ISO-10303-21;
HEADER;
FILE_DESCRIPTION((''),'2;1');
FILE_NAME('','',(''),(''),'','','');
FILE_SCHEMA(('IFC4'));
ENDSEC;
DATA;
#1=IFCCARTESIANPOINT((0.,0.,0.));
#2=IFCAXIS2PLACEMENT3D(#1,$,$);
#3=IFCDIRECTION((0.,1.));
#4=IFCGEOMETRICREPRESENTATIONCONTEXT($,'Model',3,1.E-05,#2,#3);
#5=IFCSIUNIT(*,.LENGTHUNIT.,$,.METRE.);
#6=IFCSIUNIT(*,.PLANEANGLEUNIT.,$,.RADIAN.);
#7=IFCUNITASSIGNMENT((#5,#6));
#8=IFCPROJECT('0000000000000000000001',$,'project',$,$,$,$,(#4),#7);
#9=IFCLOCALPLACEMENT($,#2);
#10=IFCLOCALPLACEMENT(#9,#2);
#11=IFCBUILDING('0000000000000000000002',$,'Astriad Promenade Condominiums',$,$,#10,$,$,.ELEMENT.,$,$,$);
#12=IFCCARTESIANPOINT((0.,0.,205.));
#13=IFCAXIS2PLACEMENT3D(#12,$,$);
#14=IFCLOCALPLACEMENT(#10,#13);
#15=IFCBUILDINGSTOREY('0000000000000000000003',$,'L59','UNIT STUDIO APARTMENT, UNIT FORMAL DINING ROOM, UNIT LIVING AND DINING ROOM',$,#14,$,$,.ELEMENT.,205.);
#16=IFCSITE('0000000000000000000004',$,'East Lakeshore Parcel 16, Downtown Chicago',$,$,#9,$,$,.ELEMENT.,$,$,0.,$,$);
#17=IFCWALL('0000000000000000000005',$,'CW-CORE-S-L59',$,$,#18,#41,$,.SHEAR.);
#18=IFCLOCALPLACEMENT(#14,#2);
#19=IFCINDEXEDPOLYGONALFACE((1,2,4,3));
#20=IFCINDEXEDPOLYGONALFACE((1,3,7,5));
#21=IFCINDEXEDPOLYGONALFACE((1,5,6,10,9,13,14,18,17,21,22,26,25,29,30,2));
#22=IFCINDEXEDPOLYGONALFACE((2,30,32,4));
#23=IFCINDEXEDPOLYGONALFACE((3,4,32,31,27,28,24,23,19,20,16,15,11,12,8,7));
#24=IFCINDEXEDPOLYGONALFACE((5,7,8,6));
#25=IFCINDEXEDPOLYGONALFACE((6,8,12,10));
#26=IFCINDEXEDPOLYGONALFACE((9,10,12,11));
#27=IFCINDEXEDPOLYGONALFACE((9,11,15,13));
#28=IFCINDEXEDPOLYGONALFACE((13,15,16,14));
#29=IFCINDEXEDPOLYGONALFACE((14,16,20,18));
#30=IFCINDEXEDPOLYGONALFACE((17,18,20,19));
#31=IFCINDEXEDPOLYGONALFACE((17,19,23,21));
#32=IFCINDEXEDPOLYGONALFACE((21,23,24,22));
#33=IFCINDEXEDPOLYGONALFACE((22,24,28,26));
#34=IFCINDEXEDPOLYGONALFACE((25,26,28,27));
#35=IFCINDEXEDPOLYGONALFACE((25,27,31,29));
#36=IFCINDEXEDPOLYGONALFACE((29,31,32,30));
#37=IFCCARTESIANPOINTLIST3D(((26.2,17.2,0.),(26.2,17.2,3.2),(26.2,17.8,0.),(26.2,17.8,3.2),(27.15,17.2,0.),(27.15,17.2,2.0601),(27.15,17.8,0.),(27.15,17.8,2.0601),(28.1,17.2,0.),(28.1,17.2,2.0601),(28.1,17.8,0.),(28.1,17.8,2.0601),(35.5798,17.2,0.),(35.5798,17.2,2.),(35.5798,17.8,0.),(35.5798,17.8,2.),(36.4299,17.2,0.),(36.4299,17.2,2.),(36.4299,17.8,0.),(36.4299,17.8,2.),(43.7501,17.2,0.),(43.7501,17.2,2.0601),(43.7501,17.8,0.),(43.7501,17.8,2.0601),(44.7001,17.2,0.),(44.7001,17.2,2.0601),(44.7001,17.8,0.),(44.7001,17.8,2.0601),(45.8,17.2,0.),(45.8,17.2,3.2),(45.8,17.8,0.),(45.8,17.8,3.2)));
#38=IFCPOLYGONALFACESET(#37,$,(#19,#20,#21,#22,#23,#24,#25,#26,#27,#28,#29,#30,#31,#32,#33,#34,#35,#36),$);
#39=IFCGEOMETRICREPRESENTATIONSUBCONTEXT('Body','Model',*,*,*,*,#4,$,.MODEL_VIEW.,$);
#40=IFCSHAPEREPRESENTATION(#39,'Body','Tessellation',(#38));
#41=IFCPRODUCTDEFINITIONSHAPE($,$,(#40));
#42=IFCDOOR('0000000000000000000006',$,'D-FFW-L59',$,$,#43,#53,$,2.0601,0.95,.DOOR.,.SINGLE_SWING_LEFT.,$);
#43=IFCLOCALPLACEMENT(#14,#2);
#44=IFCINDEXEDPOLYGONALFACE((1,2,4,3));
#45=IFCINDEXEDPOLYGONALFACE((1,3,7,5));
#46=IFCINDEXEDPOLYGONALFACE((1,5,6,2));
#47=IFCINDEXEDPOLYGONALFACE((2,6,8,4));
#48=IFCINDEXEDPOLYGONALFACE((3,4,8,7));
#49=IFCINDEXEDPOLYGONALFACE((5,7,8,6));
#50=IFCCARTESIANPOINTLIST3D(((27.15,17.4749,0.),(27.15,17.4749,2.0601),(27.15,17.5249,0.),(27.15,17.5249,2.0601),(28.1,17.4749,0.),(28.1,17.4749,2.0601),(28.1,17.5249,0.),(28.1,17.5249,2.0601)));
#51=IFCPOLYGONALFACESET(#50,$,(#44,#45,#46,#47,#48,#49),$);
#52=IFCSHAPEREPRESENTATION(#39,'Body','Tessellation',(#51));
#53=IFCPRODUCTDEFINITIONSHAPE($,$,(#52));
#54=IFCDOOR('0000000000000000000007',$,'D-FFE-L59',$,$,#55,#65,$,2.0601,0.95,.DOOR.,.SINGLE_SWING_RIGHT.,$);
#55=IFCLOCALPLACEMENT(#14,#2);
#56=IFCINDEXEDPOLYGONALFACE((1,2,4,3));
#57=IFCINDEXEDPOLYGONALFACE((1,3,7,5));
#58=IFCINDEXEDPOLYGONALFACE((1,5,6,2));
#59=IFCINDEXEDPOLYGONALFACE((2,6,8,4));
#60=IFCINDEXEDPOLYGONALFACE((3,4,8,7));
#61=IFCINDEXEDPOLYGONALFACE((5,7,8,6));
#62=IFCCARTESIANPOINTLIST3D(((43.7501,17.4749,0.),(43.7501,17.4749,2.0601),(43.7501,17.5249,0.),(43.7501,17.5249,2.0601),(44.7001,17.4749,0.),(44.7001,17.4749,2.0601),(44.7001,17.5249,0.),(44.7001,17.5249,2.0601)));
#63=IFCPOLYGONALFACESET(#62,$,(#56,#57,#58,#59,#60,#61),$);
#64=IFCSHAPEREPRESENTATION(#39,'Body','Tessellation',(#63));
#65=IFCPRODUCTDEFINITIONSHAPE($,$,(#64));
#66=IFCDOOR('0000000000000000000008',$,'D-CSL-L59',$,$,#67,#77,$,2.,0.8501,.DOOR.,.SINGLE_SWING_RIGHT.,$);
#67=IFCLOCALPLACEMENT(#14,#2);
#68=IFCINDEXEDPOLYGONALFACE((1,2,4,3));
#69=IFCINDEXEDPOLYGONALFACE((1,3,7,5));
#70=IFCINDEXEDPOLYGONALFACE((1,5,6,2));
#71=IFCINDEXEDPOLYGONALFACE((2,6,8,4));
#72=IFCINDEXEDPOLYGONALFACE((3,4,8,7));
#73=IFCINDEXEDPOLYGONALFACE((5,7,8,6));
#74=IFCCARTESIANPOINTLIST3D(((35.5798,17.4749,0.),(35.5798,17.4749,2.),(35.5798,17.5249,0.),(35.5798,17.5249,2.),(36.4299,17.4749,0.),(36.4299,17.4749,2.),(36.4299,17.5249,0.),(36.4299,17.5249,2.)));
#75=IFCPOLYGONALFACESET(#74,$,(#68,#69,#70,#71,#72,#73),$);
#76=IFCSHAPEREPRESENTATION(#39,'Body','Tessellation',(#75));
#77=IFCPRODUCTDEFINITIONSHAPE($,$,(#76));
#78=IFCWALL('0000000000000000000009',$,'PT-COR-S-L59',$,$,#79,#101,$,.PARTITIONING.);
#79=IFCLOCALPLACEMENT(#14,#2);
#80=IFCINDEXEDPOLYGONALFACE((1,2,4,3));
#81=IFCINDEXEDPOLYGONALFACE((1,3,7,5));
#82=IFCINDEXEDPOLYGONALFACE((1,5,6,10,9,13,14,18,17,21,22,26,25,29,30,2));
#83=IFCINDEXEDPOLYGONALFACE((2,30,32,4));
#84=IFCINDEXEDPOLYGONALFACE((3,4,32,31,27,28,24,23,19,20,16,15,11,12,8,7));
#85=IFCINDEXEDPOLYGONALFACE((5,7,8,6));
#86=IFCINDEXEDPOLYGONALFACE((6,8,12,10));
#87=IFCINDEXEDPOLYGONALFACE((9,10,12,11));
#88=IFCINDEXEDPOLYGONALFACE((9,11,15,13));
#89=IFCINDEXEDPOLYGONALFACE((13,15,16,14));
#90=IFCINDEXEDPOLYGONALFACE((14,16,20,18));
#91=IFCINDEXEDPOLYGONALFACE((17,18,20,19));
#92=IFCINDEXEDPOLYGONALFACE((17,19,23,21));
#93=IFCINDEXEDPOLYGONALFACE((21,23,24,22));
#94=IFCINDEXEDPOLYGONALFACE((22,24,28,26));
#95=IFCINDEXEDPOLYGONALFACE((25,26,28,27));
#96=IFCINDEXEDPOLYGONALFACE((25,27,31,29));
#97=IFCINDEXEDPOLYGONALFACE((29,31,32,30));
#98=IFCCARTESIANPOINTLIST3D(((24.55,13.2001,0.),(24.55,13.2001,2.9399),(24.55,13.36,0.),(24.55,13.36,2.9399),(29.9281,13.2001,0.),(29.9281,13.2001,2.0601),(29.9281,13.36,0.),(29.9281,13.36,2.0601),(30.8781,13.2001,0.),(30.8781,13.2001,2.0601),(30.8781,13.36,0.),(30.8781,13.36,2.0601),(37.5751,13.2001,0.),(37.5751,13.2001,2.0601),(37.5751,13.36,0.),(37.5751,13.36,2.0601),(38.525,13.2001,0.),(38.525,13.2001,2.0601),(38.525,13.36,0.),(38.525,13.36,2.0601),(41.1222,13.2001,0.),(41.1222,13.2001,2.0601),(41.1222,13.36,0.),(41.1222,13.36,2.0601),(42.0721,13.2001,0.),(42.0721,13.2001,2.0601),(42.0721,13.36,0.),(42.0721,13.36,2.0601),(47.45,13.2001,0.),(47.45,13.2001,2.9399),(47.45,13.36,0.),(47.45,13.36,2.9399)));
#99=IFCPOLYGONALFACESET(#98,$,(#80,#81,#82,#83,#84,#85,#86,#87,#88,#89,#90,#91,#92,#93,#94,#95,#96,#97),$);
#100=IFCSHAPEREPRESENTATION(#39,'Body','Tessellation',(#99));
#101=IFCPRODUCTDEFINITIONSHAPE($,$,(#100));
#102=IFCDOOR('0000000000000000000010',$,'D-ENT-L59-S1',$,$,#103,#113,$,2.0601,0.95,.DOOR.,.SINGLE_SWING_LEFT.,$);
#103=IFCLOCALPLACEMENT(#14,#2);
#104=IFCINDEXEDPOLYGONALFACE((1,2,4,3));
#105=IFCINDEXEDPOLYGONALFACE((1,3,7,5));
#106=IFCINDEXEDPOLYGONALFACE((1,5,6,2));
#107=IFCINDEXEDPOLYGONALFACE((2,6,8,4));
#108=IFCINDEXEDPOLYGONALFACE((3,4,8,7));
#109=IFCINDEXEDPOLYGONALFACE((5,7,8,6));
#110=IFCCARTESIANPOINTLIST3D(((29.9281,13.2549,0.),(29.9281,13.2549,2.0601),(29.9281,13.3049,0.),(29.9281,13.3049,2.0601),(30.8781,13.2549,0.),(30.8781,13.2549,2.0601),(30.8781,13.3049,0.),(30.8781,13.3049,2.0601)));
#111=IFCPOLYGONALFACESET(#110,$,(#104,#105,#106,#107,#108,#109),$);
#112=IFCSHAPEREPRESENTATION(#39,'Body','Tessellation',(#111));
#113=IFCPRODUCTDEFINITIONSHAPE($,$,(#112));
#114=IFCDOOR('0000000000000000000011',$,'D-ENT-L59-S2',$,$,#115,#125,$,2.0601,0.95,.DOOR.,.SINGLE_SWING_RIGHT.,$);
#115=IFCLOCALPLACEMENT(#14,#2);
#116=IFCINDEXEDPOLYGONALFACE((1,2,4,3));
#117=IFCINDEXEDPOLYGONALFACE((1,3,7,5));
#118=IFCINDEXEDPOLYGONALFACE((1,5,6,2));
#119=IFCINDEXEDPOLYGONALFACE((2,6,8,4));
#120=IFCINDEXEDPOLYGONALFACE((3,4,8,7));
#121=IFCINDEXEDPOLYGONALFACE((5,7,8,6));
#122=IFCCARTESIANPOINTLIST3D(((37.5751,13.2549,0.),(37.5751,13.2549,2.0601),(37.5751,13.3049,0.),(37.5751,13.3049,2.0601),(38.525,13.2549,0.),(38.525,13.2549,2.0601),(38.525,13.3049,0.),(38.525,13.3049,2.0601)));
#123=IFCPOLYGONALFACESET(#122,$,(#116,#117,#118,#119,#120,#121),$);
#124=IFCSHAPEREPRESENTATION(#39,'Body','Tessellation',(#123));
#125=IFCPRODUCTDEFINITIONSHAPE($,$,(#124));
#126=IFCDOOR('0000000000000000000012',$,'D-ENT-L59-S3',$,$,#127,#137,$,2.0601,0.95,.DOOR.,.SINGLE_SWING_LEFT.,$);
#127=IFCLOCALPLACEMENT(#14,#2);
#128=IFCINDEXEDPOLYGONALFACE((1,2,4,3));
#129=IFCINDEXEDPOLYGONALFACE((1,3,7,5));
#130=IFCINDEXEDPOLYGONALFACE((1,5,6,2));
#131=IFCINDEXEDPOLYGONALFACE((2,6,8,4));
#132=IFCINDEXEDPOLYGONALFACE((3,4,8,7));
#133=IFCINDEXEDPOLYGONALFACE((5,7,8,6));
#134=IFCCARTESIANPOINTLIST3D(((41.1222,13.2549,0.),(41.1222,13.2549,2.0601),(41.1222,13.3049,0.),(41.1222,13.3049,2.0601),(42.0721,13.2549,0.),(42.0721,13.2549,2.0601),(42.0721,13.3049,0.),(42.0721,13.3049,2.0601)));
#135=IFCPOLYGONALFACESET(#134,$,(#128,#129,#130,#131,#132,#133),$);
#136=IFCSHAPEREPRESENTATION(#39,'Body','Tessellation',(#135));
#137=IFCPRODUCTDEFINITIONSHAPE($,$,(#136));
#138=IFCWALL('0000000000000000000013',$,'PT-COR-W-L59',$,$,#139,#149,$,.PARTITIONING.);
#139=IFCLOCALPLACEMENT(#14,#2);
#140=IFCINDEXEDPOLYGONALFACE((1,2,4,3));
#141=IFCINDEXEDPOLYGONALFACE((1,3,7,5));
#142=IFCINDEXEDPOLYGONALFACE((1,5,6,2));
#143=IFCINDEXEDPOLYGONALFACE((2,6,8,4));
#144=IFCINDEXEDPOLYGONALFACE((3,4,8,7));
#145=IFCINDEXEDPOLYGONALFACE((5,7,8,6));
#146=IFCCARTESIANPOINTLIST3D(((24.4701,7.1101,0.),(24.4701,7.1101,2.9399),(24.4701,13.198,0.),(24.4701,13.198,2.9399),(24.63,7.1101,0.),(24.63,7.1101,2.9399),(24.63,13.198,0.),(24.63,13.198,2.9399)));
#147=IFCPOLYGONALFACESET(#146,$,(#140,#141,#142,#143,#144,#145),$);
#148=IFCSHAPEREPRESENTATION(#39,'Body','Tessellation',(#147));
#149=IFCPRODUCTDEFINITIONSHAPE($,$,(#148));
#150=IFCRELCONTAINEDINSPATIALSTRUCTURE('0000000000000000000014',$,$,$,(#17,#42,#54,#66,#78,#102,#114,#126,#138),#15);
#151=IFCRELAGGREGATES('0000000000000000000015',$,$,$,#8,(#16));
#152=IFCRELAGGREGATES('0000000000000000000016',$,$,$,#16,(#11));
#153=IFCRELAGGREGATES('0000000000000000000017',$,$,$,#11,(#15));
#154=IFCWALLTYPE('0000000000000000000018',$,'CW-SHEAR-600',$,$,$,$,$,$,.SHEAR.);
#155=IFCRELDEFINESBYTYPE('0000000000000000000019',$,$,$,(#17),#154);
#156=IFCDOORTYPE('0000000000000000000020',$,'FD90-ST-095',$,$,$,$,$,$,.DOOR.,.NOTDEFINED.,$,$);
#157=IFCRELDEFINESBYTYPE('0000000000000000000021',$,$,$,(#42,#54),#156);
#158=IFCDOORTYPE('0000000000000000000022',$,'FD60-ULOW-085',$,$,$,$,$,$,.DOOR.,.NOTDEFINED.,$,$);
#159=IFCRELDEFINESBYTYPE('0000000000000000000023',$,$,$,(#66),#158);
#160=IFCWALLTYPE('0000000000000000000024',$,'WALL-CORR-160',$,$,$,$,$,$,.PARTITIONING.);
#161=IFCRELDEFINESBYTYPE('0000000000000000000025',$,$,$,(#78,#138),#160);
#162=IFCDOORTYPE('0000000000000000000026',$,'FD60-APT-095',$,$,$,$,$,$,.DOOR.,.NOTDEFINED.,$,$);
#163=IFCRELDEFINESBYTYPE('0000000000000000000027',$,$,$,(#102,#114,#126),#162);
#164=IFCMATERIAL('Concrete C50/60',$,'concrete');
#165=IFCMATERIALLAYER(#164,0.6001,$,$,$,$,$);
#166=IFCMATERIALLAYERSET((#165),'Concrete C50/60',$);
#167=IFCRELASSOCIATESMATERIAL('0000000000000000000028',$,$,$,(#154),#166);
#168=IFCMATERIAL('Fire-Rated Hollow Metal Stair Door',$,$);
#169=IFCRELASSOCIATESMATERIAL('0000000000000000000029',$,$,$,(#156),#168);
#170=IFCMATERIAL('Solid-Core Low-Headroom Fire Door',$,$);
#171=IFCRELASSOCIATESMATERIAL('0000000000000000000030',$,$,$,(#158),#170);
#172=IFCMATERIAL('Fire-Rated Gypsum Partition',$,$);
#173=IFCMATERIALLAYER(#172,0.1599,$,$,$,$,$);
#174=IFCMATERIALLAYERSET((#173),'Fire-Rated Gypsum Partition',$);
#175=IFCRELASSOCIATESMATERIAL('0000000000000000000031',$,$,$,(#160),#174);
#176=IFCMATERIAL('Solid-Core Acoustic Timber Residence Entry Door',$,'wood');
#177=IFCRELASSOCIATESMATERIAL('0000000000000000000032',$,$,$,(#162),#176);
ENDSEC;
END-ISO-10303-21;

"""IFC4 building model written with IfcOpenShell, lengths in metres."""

from ifc_helpers import new_model, si_unit, direction, frame, frame_2d, origin, place, context, subcontext, project, spatial, rectangle, extrude, source, transform, mapped, material, layer, layer_set, type_object, type_shapes, element, fill, save


model = new_model("IFC4")

# Units and contexts
model_context = context("Model", 3, precision=1e-05, world=origin(), true_north=direction((0.0, 1.0)))
body_context = subcontext(model_context, "Body", "Model", "MODEL_VIEW")
ifc_project = project(units=[si_unit("LENGTHUNIT", "METRE"), si_unit("PLANEANGLEUNIT", "RADIAN")], contexts=[model_context])

# Site, building, storey
site_placement = place(None, origin())
site = spatial("IfcSite", under=ifc_project, at=site_placement, Name="East Lakeshore Parcel 16, Downtown Chicago", CompositionType="ELEMENT", RefElevation=0.0)
building_placement = place(site_placement, origin())
building = spatial("IfcBuilding", under=site, at=building_placement, Name="Astriad Promenade Condominiums", CompositionType="ELEMENT")
storey_placement = place(building_placement, frame((0.0, 0.0, 205.0)))
storey = spatial("IfcBuildingStorey", under=building, at=storey_placement, Name="L59", Description="UNIT STUDIO APARTMENT, UNIT FORMAL DINING ROOM, UNIT LIVING AND DINING ROOM", CompositionType="ELEMENT", Elevation=205.0)

# Walls, openings, doors
ifc_material_1 = material(Name="Concrete C50/60", Category="concrete")
ifc_layer_1 = layer(ifc_material_1, 0.6001)
ifc_layer_set_1 = layer_set([ifc_layer_1], Name="Concrete C50/60")
wall_type_1 = type_object("IfcWallType", Name="CW-SHEAR-600", PredefinedType="SHEAR", material=ifc_layer_set_1)
wall_1_placement = place(storey_placement, frame((26.2, 17.5, 0.0), z_axis=(0.0, 0.0, 1.0), x_axis=(1.0, 0.0, 0.0)))
wall_1 = element("IfcWall", 1, at=wall_1_placement, inside=storey, type_object=wall_type_1, Name="CW-CORE-S-L59", PredefinedType="SHEAR", context=body_context, shape_type="SweptSolid", body=[
    extrude(rectangle(XDim=19.6001, YDim=0.6001, at=frame_2d((9.8, 0.0))), origin(), (0.0, 0.0, 1.0), 3.2),
])
opening_1_placement = place(wall_1_placement, frame((0.95, 0.0, 0.0)))
opening_1 = element("IfcOpeningElement", 2, at=opening_1_placement, cuts=wall_1, PredefinedType="OPENING", context=body_context, shape_type="SweptSolid", body=[
    extrude(rectangle(XDim=0.95, YDim=2.0601, at=frame_2d((0.4751, 1.03))), frame((0.0, 0.3101, 0.0), z_axis=(0.0, -1.0, 0.0), x_axis=(1.0, 0.0, 0.0)), (0.0, 0.0, 1.0), 0.6201),
])
opening_2_placement = place(wall_1_placement, frame((9.3799, 0.0, 0.0)))
opening_2 = element("IfcOpeningElement", 3, at=opening_2_placement, cuts=wall_1, PredefinedType="OPENING", context=body_context, shape_type="SweptSolid", body=[
    extrude(rectangle(XDim=0.8501, YDim=2.0, at=frame_2d((0.425, 1.0))), frame((0.0, 0.3101, 0.0), z_axis=(0.0, -1.0, 0.0), x_axis=(1.0, 0.0, 0.0)), (0.0, 0.0, 1.0), 0.6201),
])
opening_3_placement = place(wall_1_placement, frame((17.55, 0.0, 0.0)))
opening_3 = element("IfcOpeningElement", 4, at=opening_3_placement, cuts=wall_1, PredefinedType="OPENING", context=body_context, shape_type="SweptSolid", body=[
    extrude(rectangle(XDim=0.95, YDim=2.0601, at=frame_2d((0.4751, 1.03))), frame((0.0, 0.3101, 0.0), z_axis=(0.0, -1.0, 0.0), x_axis=(1.0, 0.0, 0.0)), (0.0, 0.0, 1.0), 0.6201),
])
ifc_material_2 = material(Name="Fire-Rated Hollow Metal Stair Door")
door_type_1 = type_object("IfcDoorType", Name="FD90-ST-095", OperationType="NOTDEFINED", PredefinedType="DOOR", material=ifc_material_2)
shared_shape_1 = source(origin(), body_context, "Body", "SweptSolid", [
    extrude(rectangle(XDim=0.95, YDim=2.0601, at=frame_2d((0.4751, 1.03))), frame((0.0, 0.0249, 0.0), z_axis=(0.0, -1.0, 0.0), x_axis=(1.0, 0.0, 0.0)), (0.0, 0.0, 1.0), 0.05),
])
type_shapes(door_type_1, [shared_shape_1])
door_1_placement = place(opening_1_placement, origin())
door_1 = element("IfcDoor", 5, at=door_1_placement, inside=storey, type_object=door_type_1, Name="D-FFW-L59", OperationType="SINGLE_SWING_LEFT", OverallHeight=2.0601, OverallWidth=0.95, PredefinedType="DOOR", context=body_context, shape_type="MappedRepresentation", body=[
    mapped(shared_shape_1, transform((0.0, 0.0, 0.0), scale=1.0)),
])
fill(opening_1, door_1)
door_2_placement = place(opening_3_placement, origin())
door_2 = element("IfcDoor", 6, at=door_2_placement, inside=storey, type_object=door_type_1, Name="D-FFE-L59", OperationType="SINGLE_SWING_RIGHT", OverallHeight=2.0601, OverallWidth=0.95, PredefinedType="DOOR", context=body_context, shape_type="MappedRepresentation", body=[
    mapped(shared_shape_1, transform((0.0, 0.0, 0.0), scale=1.0)),
])
fill(opening_3, door_2)
ifc_material_3 = material(Name="Solid-Core Low-Headroom Fire Door")
door_type_2 = type_object("IfcDoorType", Name="FD60-ULOW-085", OperationType="NOTDEFINED", PredefinedType="DOOR", material=ifc_material_3)
shared_shape_2 = source(origin(), body_context, "Body", "SweptSolid", [
    extrude(rectangle(XDim=0.8501, YDim=2.0, at=frame_2d((0.425, 1.0))), frame((0.0, 0.0249, 0.0), z_axis=(0.0, -1.0, 0.0), x_axis=(1.0, 0.0, 0.0)), (0.0, 0.0, 1.0), 0.05),
])
type_shapes(door_type_2, [shared_shape_2])
door_3_placement = place(opening_2_placement, origin())
door_3 = element("IfcDoor", 7, at=door_3_placement, inside=storey, type_object=door_type_2, Name="D-CSL-L59", OperationType="SINGLE_SWING_RIGHT", OverallHeight=2.0, OverallWidth=0.8501, PredefinedType="DOOR", context=body_context, shape_type="MappedRepresentation", body=[
    mapped(shared_shape_2, transform((0.0, 0.0, 0.0), scale=1.0)),
])
fill(opening_2, door_3)
ifc_material_4 = material(Name="Fire-Rated Gypsum Partition")
ifc_layer_2 = layer(ifc_material_4, 0.1599)
ifc_layer_set_2 = layer_set([ifc_layer_2], Name="Fire-Rated Gypsum Partition")
wall_type_2 = type_object("IfcWallType", Name="WALL-CORR-160", PredefinedType="PARTITIONING", material=ifc_layer_set_2)
wall_2_placement = place(storey_placement, frame((24.55, 13.28, 0.0), z_axis=(0.0, 0.0, 1.0), x_axis=(1.0, 0.0, 0.0)))
wall_2 = element("IfcWall", 8, at=wall_2_placement, inside=storey, type_object=wall_type_2, Name="PT-COR-S-L59", PredefinedType="PARTITIONING", context=body_context, shape_type="SweptSolid", body=[
    extrude(rectangle(XDim=22.8999, YDim=0.1599, at=frame_2d((11.45, 0.0))), origin(), (0.0, 0.0, 1.0), 2.9399),
])
opening_4_placement = place(wall_2_placement, frame((5.3779, 0.0, 0.0)))
opening_4 = element("IfcOpeningElement", 9, at=opening_4_placement, cuts=wall_2, PredefinedType="OPENING", context=body_context, shape_type="SweptSolid", body=[
    extrude(rectangle(XDim=0.95, YDim=2.0601, at=frame_2d((0.4751, 1.03))), frame((0.0, 0.0898, 0.0), z_axis=(0.0, -1.0, 0.0), x_axis=(1.0, 0.0, 0.0)), (0.0, 0.0, 1.0), 0.1799),
])
opening_5_placement = place(wall_2_placement, frame((13.0249, 0.0, 0.0)))
opening_5 = element("IfcOpeningElement", 10, at=opening_5_placement, cuts=wall_2, PredefinedType="OPENING", context=body_context, shape_type="SweptSolid", body=[
    extrude(rectangle(XDim=0.95, YDim=2.0601, at=frame_2d((0.4751, 1.03))), frame((0.0, 0.0898, 0.0), z_axis=(0.0, -1.0, 0.0), x_axis=(1.0, 0.0, 0.0)), (0.0, 0.0, 1.0), 0.1799),
])
opening_6_placement = place(wall_2_placement, frame((16.572, 0.0, 0.0)))
opening_6 = element("IfcOpeningElement", 11, at=opening_6_placement, cuts=wall_2, PredefinedType="OPENING", context=body_context, shape_type="SweptSolid", body=[
    extrude(rectangle(XDim=0.95, YDim=2.0601, at=frame_2d((0.4751, 1.03))), frame((0.0, 0.0898, 0.0), z_axis=(0.0, -1.0, 0.0), x_axis=(1.0, 0.0, 0.0)), (0.0, 0.0, 1.0), 0.1799),
])
ifc_material_5 = material(Name="Solid-Core Acoustic Timber Residence Entry Door", Category="wood")
door_type_3 = type_object("IfcDoorType", Name="FD60-APT-095", OperationType="NOTDEFINED", PredefinedType="DOOR", material=ifc_material_5)
shared_shape_3 = source(origin(), body_context, "Body", "SweptSolid", [
    extrude(rectangle(XDim=0.95, YDim=2.0601, at=frame_2d((0.4751, 1.03))), frame((0.0, 0.0249, 0.0), z_axis=(0.0, -1.0, 0.0), x_axis=(1.0, 0.0, 0.0)), (0.0, 0.0, 1.0), 0.05),
])
type_shapes(door_type_3, [shared_shape_3])
door_4_placement = place(opening_4_placement, origin())
door_4 = element("IfcDoor", 12, at=door_4_placement, inside=storey, type_object=door_type_3, Name="D-ENT-L59-S1", OperationType="SINGLE_SWING_LEFT", OverallHeight=2.0601, OverallWidth=0.95, PredefinedType="DOOR", context=body_context, shape_type="MappedRepresentation", body=[
    mapped(shared_shape_3, transform((0.0, 0.0, 0.0), scale=1.0)),
])
fill(opening_4, door_4)
door_5_placement = place(opening_5_placement, origin())
door_5 = element("IfcDoor", 13, at=door_5_placement, inside=storey, type_object=door_type_3, Name="D-ENT-L59-S2", OperationType="SINGLE_SWING_RIGHT", OverallHeight=2.0601, OverallWidth=0.95, PredefinedType="DOOR", context=body_context, shape_type="MappedRepresentation", body=[
    mapped(shared_shape_3, transform((0.0, 0.0, 0.0), scale=1.0)),
])
fill(opening_5, door_5)
door_6_placement = place(opening_6_placement, origin())
door_6 = element("IfcDoor", 14, at=door_6_placement, inside=storey, type_object=door_type_3, Name="D-ENT-L59-S3", OperationType="SINGLE_SWING_LEFT", OverallHeight=2.0601, OverallWidth=0.95, PredefinedType="DOOR", context=body_context, shape_type="MappedRepresentation", body=[
    mapped(shared_shape_3, transform((0.0, 0.0, 0.0), scale=1.0)),
])
fill(opening_6, door_6)

# Wall
wall_3_placement = place(storey_placement, frame((24.55, 7.1101, 0.0), z_axis=(0.0, 0.0, 1.0), x_axis=(0.0, 1.0, 0.0)))
element("IfcWall", 15, at=wall_3_placement, inside=storey, type_object=wall_type_2, Name="PT-COR-W-L59", PredefinedType="PARTITIONING", context=body_context, shape_type="SweptSolid", body=[
    extrude(rectangle(XDim=6.0879, YDim=0.1599, at=frame_2d((3.0439, 0.0))), origin(), (0.0, 0.0, 1.0), 2.9399),
])

save(model, "model.ifc")
